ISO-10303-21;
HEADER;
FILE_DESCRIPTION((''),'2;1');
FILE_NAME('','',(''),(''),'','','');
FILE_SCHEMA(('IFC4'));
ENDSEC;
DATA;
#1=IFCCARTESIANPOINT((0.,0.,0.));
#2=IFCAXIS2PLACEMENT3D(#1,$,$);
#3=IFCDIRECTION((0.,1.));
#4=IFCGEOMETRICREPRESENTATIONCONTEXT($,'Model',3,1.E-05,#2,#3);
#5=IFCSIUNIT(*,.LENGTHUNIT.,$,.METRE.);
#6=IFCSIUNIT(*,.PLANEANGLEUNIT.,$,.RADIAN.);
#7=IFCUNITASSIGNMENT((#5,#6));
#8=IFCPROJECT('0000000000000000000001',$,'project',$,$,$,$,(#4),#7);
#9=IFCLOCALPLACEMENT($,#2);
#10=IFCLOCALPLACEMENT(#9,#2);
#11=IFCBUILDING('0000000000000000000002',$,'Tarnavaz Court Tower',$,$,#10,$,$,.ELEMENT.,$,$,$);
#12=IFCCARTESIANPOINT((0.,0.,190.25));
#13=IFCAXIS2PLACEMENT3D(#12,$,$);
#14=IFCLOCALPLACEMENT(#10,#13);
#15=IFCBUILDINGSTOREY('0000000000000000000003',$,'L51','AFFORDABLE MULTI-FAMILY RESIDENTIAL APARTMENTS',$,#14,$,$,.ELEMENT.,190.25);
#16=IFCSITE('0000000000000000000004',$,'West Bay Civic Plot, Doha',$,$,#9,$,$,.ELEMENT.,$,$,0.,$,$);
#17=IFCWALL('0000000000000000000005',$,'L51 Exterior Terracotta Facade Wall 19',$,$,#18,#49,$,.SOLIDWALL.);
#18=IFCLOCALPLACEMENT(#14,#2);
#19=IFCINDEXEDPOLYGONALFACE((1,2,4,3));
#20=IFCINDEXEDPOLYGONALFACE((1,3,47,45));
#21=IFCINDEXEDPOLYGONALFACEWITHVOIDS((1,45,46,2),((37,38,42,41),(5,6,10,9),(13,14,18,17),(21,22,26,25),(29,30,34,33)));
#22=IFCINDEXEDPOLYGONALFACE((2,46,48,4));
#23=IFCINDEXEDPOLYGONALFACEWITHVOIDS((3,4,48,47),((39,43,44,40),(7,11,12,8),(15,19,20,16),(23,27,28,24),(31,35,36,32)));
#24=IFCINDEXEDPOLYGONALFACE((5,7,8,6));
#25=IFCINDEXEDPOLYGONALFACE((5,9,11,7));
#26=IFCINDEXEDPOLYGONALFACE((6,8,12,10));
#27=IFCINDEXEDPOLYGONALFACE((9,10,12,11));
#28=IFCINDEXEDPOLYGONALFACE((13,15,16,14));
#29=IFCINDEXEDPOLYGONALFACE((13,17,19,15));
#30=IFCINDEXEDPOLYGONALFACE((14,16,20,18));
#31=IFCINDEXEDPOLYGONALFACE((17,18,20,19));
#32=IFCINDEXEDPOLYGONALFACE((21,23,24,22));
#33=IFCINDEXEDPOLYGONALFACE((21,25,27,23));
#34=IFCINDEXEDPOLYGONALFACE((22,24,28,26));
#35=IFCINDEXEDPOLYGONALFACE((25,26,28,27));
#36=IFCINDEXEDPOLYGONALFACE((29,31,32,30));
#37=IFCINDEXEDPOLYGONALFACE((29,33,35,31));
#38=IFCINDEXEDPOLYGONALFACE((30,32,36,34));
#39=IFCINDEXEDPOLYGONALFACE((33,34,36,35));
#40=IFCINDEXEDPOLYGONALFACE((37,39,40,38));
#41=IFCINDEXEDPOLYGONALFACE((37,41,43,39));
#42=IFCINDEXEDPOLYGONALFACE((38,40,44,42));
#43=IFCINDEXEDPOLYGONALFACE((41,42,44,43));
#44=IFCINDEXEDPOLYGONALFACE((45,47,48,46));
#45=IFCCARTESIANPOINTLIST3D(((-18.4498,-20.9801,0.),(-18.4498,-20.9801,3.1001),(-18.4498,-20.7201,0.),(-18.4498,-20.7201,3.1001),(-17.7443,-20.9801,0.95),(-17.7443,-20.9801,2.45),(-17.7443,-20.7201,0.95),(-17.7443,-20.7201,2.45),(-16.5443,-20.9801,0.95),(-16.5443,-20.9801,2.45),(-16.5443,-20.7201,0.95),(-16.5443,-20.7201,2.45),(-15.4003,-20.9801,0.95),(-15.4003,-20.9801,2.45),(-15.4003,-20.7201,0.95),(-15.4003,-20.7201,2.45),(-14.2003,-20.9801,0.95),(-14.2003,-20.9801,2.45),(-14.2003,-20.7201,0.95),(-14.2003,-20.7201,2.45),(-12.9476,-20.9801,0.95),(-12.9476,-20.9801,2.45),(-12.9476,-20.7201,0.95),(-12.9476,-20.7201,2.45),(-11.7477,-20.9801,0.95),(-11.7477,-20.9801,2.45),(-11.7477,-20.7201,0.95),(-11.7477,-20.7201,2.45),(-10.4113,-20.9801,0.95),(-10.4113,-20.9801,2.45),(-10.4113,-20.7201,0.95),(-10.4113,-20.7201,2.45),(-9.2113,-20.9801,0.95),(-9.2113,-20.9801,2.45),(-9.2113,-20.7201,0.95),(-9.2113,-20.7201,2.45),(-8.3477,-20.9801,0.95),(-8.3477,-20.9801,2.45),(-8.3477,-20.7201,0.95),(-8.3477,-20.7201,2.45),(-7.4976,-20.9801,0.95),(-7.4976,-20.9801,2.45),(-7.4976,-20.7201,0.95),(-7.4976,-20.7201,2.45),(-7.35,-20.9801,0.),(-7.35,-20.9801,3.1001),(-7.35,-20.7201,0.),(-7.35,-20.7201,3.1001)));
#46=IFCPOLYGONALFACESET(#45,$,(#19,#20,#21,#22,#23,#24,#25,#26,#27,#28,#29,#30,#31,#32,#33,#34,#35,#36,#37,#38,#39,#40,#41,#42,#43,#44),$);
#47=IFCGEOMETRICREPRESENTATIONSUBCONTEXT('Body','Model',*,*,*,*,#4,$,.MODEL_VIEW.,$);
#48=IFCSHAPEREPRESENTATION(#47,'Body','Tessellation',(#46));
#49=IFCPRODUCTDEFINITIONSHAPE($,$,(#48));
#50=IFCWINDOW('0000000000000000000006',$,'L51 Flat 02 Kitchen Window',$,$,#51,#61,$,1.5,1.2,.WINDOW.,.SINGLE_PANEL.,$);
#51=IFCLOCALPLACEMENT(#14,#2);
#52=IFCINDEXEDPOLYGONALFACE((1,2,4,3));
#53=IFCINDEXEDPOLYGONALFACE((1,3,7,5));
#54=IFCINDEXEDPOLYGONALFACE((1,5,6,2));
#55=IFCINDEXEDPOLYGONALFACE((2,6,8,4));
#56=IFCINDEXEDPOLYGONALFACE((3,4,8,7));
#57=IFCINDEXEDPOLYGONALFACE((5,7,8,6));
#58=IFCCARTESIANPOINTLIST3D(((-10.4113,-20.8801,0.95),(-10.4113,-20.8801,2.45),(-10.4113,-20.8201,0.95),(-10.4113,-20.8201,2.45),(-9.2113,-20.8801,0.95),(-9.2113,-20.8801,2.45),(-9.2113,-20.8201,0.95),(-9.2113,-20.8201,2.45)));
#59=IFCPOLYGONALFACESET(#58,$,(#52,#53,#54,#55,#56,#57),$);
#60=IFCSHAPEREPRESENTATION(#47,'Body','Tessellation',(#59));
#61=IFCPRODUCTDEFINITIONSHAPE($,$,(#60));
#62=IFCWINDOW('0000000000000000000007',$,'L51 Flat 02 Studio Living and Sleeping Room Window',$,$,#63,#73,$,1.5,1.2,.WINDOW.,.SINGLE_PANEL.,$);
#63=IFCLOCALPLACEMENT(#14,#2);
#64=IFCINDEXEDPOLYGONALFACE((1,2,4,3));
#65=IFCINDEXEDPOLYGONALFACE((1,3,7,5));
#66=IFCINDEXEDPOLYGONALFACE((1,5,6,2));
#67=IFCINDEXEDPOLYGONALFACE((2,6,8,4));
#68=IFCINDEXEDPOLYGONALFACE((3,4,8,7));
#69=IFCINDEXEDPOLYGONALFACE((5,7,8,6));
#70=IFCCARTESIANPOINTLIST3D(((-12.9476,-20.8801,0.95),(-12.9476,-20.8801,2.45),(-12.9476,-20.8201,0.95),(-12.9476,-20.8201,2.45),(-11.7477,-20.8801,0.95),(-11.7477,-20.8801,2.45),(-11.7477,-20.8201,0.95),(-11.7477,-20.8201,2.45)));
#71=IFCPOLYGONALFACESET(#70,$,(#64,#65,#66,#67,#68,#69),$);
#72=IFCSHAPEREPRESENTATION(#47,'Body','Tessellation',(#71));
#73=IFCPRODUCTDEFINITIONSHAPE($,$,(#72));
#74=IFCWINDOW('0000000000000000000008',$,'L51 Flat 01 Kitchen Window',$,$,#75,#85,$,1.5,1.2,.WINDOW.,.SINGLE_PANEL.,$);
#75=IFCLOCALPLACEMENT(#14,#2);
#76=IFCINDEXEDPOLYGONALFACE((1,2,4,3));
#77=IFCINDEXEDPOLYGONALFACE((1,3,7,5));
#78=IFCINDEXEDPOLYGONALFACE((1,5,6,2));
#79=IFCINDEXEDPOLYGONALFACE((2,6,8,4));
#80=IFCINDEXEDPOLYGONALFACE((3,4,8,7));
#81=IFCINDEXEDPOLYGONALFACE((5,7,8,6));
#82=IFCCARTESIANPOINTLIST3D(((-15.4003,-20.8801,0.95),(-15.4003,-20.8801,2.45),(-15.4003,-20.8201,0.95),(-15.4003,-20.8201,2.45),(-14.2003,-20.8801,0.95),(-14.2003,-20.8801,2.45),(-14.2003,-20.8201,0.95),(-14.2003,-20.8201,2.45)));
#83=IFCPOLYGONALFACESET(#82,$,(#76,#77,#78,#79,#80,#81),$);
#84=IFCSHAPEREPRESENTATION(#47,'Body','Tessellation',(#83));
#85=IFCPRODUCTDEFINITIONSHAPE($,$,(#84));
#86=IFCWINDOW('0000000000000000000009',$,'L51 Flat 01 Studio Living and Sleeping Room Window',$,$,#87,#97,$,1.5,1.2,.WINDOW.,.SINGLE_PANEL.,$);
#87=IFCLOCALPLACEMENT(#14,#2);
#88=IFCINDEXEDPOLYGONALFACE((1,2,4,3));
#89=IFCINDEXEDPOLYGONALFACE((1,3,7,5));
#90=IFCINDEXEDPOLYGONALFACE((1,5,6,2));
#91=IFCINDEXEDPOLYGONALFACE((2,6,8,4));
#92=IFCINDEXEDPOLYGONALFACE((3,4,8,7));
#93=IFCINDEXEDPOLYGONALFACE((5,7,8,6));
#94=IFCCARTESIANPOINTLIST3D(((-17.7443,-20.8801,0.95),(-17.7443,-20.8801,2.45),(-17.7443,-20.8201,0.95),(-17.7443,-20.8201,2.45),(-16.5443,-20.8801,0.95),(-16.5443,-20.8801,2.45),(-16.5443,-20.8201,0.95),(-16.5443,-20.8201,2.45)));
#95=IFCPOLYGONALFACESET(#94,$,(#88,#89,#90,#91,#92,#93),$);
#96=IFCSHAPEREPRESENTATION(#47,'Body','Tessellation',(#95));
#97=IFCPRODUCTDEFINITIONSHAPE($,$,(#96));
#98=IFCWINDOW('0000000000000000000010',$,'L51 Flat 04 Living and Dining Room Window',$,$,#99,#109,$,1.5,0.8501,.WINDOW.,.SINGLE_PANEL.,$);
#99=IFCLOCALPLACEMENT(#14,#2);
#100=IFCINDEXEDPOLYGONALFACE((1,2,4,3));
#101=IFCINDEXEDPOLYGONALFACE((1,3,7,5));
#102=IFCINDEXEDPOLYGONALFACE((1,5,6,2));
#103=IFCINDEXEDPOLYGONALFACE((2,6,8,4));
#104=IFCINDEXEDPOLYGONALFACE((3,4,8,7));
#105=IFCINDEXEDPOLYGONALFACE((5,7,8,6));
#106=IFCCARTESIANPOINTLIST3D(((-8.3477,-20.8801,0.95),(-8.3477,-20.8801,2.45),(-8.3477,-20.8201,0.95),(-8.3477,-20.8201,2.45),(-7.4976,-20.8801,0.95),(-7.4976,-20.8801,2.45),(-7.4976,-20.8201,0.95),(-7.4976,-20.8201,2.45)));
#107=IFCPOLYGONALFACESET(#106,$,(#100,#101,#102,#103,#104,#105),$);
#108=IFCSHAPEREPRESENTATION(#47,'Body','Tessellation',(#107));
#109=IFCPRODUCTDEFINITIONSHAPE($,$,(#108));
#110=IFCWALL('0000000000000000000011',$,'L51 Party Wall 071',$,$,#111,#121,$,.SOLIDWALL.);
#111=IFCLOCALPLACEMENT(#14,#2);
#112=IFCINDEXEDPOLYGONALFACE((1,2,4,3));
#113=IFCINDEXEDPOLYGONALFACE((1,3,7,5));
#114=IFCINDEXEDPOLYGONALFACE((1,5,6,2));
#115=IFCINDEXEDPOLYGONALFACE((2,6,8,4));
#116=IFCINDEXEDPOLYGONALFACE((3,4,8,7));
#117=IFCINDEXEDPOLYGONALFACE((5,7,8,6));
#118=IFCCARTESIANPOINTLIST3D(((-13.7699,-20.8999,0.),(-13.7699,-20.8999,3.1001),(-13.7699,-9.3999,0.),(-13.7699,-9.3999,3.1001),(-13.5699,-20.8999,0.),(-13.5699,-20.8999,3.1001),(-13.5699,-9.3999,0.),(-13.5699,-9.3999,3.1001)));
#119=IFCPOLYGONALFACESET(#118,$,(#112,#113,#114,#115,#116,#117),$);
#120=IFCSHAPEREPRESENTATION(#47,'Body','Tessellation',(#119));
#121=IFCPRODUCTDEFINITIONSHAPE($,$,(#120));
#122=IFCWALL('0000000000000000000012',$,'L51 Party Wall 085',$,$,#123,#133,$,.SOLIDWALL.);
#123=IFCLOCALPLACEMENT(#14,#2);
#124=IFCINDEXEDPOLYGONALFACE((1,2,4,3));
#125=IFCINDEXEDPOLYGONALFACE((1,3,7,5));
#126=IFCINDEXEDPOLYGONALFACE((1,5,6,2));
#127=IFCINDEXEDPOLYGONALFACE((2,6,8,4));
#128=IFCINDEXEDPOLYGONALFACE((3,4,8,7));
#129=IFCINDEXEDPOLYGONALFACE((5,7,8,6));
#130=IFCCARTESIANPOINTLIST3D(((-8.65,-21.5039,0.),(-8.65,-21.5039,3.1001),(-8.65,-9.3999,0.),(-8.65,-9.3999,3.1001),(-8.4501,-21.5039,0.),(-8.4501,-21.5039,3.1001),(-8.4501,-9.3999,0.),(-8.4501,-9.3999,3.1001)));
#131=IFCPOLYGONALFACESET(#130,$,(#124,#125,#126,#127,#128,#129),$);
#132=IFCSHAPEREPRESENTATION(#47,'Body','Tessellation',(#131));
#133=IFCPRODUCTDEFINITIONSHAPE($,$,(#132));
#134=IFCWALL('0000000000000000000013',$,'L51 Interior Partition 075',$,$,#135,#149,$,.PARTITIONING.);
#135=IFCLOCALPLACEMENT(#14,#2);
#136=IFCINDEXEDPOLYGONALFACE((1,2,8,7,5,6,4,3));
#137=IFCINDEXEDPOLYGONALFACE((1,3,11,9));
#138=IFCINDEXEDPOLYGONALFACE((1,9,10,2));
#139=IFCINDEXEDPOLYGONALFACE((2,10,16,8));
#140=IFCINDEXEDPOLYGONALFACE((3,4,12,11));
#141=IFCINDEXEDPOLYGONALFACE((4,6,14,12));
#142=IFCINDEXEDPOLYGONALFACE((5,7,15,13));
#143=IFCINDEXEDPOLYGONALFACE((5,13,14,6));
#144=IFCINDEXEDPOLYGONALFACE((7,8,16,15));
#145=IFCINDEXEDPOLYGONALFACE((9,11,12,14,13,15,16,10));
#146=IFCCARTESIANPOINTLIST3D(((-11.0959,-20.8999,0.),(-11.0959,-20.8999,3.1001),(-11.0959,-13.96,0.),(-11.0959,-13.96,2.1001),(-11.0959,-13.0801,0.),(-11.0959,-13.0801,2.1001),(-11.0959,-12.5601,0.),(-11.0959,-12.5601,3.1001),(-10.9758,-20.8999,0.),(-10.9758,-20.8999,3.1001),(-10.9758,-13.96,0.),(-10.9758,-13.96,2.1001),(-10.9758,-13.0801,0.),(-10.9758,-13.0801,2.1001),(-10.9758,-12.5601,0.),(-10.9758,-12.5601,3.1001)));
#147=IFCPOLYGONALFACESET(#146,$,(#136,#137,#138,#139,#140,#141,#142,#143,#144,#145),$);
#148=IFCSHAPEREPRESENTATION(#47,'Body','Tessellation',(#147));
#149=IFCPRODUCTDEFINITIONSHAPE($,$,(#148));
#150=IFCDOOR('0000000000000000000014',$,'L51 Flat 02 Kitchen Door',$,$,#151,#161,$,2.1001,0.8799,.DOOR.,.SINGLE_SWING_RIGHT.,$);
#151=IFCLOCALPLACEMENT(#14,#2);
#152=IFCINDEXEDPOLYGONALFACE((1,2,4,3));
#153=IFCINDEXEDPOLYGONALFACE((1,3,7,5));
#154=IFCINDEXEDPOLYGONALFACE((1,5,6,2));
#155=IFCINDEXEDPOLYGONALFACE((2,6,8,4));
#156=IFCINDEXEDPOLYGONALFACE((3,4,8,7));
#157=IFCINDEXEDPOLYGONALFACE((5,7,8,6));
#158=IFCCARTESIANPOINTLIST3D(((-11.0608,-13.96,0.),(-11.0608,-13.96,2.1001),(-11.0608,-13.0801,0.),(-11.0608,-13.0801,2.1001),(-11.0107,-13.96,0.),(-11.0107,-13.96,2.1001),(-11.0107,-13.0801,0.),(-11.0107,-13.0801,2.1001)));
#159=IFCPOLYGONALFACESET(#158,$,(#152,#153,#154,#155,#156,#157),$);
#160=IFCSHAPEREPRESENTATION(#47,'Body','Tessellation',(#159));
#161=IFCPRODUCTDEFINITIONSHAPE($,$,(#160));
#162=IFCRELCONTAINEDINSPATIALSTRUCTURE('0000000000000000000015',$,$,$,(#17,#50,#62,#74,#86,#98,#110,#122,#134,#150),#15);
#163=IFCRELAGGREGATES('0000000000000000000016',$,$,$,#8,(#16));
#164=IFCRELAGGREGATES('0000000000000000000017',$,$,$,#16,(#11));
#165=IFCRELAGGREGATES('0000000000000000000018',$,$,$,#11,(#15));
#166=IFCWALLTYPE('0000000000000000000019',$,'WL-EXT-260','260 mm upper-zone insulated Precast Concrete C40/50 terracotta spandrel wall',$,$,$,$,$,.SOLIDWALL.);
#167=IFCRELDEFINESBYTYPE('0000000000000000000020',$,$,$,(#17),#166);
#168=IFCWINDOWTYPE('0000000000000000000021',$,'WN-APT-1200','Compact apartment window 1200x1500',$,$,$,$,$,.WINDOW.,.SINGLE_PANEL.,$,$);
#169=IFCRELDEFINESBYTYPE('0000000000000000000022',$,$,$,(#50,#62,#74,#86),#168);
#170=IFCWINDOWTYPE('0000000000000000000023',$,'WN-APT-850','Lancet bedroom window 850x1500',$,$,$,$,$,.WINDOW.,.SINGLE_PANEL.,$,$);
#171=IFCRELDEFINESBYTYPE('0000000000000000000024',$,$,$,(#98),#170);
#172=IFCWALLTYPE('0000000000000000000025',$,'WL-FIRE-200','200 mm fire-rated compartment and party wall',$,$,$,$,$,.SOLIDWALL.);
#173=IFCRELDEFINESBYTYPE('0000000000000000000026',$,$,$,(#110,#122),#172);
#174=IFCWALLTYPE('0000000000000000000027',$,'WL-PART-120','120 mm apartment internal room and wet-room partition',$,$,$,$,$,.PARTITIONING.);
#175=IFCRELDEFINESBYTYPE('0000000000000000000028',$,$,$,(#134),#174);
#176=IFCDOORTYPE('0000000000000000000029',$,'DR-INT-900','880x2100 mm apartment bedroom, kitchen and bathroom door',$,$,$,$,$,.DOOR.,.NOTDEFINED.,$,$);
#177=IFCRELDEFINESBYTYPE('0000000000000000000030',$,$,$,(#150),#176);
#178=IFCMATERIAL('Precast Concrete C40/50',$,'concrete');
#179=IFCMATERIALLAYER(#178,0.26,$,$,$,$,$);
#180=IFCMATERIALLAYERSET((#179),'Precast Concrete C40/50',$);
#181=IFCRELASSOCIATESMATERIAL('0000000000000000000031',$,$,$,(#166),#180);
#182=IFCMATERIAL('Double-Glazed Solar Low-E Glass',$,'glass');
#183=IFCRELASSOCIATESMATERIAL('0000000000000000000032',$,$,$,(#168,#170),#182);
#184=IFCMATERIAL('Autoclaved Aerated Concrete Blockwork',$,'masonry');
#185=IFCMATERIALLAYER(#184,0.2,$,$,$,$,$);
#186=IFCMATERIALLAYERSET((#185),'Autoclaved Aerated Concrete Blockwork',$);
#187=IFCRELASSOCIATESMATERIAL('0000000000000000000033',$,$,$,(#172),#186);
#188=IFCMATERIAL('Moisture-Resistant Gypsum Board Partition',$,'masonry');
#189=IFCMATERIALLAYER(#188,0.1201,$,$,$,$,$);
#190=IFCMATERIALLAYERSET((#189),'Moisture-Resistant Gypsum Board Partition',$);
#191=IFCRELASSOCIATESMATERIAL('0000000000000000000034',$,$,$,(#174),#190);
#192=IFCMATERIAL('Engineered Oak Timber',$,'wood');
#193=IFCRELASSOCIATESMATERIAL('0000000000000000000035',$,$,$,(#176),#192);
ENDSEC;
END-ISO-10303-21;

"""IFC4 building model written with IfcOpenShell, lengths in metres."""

from ifc_helpers import new_model, si_unit, direction, frame, frame_2d, origin, place, context, subcontext, project, spatial, rectangle, extrude, material, layer, layer_set, type_object, element, fill, save


model = new_model("IFC4")

# Units and contexts
model_context = context("Model", 3, precision=1e-05, world=origin(), true_north=direction((0.0, 1.0)))
body_context = subcontext(model_context, "Body", "Model", "MODEL_VIEW")
ifc_project = project(units=[si_unit("LENGTHUNIT", "METRE"), si_unit("PLANEANGLEUNIT", "RADIAN")], contexts=[model_context])

# Site, building, storey
site_placement = place(None, origin())
site = spatial("IfcSite", under=ifc_project, at=site_placement, Name="West Bay Civic Plot, Doha", CompositionType="ELEMENT", RefElevation=0.0)
building_placement = place(site_placement, origin())
building = spatial("IfcBuilding", under=site, at=building_placement, Name="Tarnavaz Court Tower", CompositionType="ELEMENT")
storey_placement = place(building_placement, frame((0.0, 0.0, 190.25)))
storey = spatial("IfcBuildingStorey", under=building, at=storey_placement, Name="L51", Description="AFFORDABLE MULTI-FAMILY RESIDENTIAL APARTMENTS", CompositionType="ELEMENT", Elevation=190.25)

# Shared definitions
ifc_material_1 = material(Name="Double-Glazed Solar Low-E Glass", Category="glass")

# Shared definitions
ifc_material_2 = material(Name="Precast Concrete C40/50", Category="concrete")
ifc_layer_1 = layer(ifc_material_2, 0.26)
ifc_layer_set_1 = layer_set([ifc_layer_1], Name="Precast Concrete C40/50")
wall_type_1 = type_object("IfcWallType", Name="WL-EXT-260", Description="260 mm upper-zone insulated Precast Concrete C40/50 terracotta spandrel wall", PredefinedType="SOLIDWALL", material=ifc_layer_set_1)
window_type_1 = type_object("IfcWindowType", Name="WN-APT-1200", Description="Compact apartment window 1200x1500", PartitioningType="SINGLE_PANEL", PredefinedType="WINDOW", material=ifc_material_1)

# Wall, openings, windows
wall_1_placement = place(storey_placement, frame((-7.3501, -20.8501, 0.0), z_axis=(0.0, 0.0, 1.0), x_axis=(-1.0, 0.0, 0.0)))
wall_1 = element("IfcWall", 1, at=wall_1_placement, inside=storey, type_object=wall_type_1, Name="L51 Exterior Terracotta Facade Wall 19", PredefinedType="SOLIDWALL", context=body_context, shape_type="SweptSolid", body=[
    extrude(rectangle(XDim=11.0999, YDim=0.26, at=frame_2d((5.5498, 0.0))), origin(), (0.0, 0.0, 1.0), 3.1001),
])
opening_1_placement = place(wall_1_placement, frame((0.1475, 0.0, 0.95)))
opening_1 = element("IfcOpeningElement", 2, at=opening_1_placement, cuts=wall_1, PredefinedType="OPENING", context=body_context, shape_type="SweptSolid", body=[
    extrude(rectangle(XDim=0.8501, YDim=1.5, at=frame_2d((0.425, 0.75))), frame((0.0, 0.1399, 0.0), z_axis=(0.0, -1.0, 0.0), x_axis=(1.0, 0.0, 0.0)), (0.0, 0.0, 1.0), 0.28),
])
opening_2_placement = place(wall_1_placement, frame((1.8611, 0.0, 0.95)))
opening_2 = element("IfcOpeningElement", 3, at=opening_2_placement, cuts=wall_1, PredefinedType="OPENING", context=body_context, shape_type="SweptSolid", body=[
    extrude(rectangle(XDim=1.2, YDim=1.5, at=frame_2d((0.6001, 0.75))), frame((0.0, 0.1399, 0.0), z_axis=(0.0, -1.0, 0.0), x_axis=(1.0, 0.0, 0.0)), (0.0, 0.0, 1.0), 0.28),
])
opening_3_placement = place(wall_1_placement, frame((4.3975, 0.0, 0.95)))
opening_3 = element("IfcOpeningElement", 4, at=opening_3_placement, cuts=wall_1, PredefinedType="OPENING", context=body_context, shape_type="SweptSolid", body=[
    extrude(rectangle(XDim=1.2, YDim=1.5, at=frame_2d((0.6001, 0.75))), frame((0.0, 0.1399, 0.0), z_axis=(0.0, -1.0, 0.0), x_axis=(1.0, 0.0, 0.0)), (0.0, 0.0, 1.0), 0.28),
])
opening_4_placement = place(wall_1_placement, frame((6.8501, 0.0, 0.95)))
opening_4 = element("IfcOpeningElement", 5, at=opening_4_placement, cuts=wall_1, PredefinedType="OPENING", context=body_context, shape_type="SweptSolid", body=[
    extrude(rectangle(XDim=1.2, YDim=1.5, at=frame_2d((0.6001, 0.75))), frame((0.0, 0.1399, 0.0), z_axis=(0.0, -1.0, 0.0), x_axis=(1.0, 0.0, 0.0)), (0.0, 0.0, 1.0), 0.28),
])
opening_5_placement = place(wall_1_placement, frame((9.1941, 0.0, 0.95)))
opening_5 = element("IfcOpeningElement", 6, at=opening_5_placement, cuts=wall_1, PredefinedType="OPENING", context=body_context, shape_type="SweptSolid", body=[
    extrude(rectangle(XDim=1.2, YDim=1.5, at=frame_2d((0.6001, 0.75))), frame((0.0, 0.1399, 0.0), z_axis=(0.0, -1.0, 0.0), x_axis=(1.0, 0.0, 0.0)), (0.0, 0.0, 1.0), 0.28),
])
window_1_placement = place(opening_2_placement, origin())
window_1 = element("IfcWindow", 7, at=window_1_placement, inside=storey, type_object=window_type_1, Name="L51 Flat 02 Kitchen Window", OverallHeight=1.5, OverallWidth=1.2, PartitioningType="SINGLE_PANEL", PredefinedType="WINDOW", context=body_context, shape_type="SweptSolid", body=[
    extrude(rectangle(XDim=1.2, YDim=1.5, at=frame_2d((0.6001, 0.75))), frame((0.0, 0.03, 0.0), z_axis=(0.0, -1.0, 0.0), x_axis=(1.0, 0.0, 0.0)), (0.0, 0.0, 1.0), 0.0601),
])
fill(opening_2, window_1)
window_2_placement = place(opening_3_placement, origin())
window_2 = element("IfcWindow", 8, at=window_2_placement, inside=storey, type_object=window_type_1, Name="L51 Flat 02 Studio Living and Sleeping Room Window", OverallHeight=1.5, OverallWidth=1.2, PartitioningType="SINGLE_PANEL", PredefinedType="WINDOW", context=body_context, shape_type="SweptSolid", body=[
    extrude(rectangle(XDim=1.2, YDim=1.5, at=frame_2d((0.6001, 0.75))), frame((0.0, 0.03, 0.0), z_axis=(0.0, -1.0, 0.0), x_axis=(1.0, 0.0, 0.0)), (0.0, 0.0, 1.0), 0.0601),
])
fill(opening_3, window_2)
window_3_placement = place(opening_4_placement, origin())
window_3 = element("IfcWindow", 9, at=window_3_placement, inside=storey, type_object=window_type_1, Name="L51 Flat 01 Kitchen Window", OverallHeight=1.5, OverallWidth=1.2, PartitioningType="SINGLE_PANEL", PredefinedType="WINDOW", context=body_context, shape_type="SweptSolid", body=[
    extrude(rectangle(XDim=1.2, YDim=1.5, at=frame_2d((0.6001, 0.75))), frame((0.0, 0.03, 0.0), z_axis=(0.0, -1.0, 0.0), x_axis=(1.0, 0.0, 0.0)), (0.0, 0.0, 1.0), 0.0601),
])
fill(opening_4, window_3)
window_4_placement = place(opening_5_placement, origin())
window_4 = element("IfcWindow", 10, at=window_4_placement, inside=storey, type_object=window_type_1, Name="L51 Flat 01 Studio Living and Sleeping Room Window", OverallHeight=1.5, OverallWidth=1.2, PartitioningType="SINGLE_PANEL", PredefinedType="WINDOW", context=body_context, shape_type="SweptSolid", body=[
    extrude(rectangle(XDim=1.2, YDim=1.5, at=frame_2d((0.6001, 0.75))), frame((0.0, 0.03, 0.0), z_axis=(0.0, -1.0, 0.0), x_axis=(1.0, 0.0, 0.0)), (0.0, 0.0, 1.0), 0.0601),
])
fill(opening_5, window_4)
window_type_2 = type_object("IfcWindowType", Name="WN-APT-850", Description="Lancet bedroom window 850x1500", PartitioningType="SINGLE_PANEL", PredefinedType="WINDOW", material=ifc_material_1)
window_5_placement = place(opening_1_placement, origin())
window_5 = element("IfcWindow", 11, at=window_5_placement, inside=storey, type_object=window_type_2, Name="L51 Flat 04 Living and Dining Room Window", OverallHeight=1.5, OverallWidth=0.8501, PartitioningType="SINGLE_PANEL", PredefinedType="WINDOW", context=body_context, shape_type="SweptSolid", body=[
    extrude(rectangle(XDim=0.8501, YDim=1.5, at=frame_2d((0.425, 0.75))), frame((0.0, 0.03, 0.0), z_axis=(0.0, -1.0, 0.0), x_axis=(1.0, 0.0, 0.0)), (0.0, 0.0, 1.0), 0.0601),
])
fill(opening_1, window_5)

# Walls
ifc_material_3 = material(Name="Autoclaved Aerated Concrete Blockwork", Category="masonry")
ifc_layer_2 = layer(ifc_material_3, 0.2)
ifc_layer_set_2 = layer_set([ifc_layer_2], Name="Autoclaved Aerated Concrete Blockwork")
wall_type_2 = type_object("IfcWallType", Name="WL-FIRE-200", Description="200 mm fire-rated compartment and party wall", PredefinedType="SOLIDWALL", material=ifc_layer_set_2)
wall_2_placement = place(storey_placement, frame((-13.6699, -20.8999, 0.0), z_axis=(0.0, 0.0, 1.0), x_axis=(0.0, 1.0, 0.0)))
element("IfcWall", 12, at=wall_2_placement, inside=storey, type_object=wall_type_2, Name="L51 Party Wall 071", PredefinedType="SOLIDWALL", context=body_context, shape_type="SweptSolid", body=[
    extrude(rectangle(XDim=11.5, YDim=0.2, at=frame_2d((5.75, 0.0))), origin(), (0.0, 0.0, 1.0), 3.1001),
])
wall_3_placement = place(storey_placement, frame((-8.55, -21.5039, 0.0), z_axis=(0.0, 0.0, 1.0), x_axis=(0.0, 1.0, 0.0)))
element("IfcWall", 13, at=wall_3_placement, inside=storey, type_object=wall_type_2, Name="L51 Party Wall 085", PredefinedType="SOLIDWALL", context=body_context, shape_type="SweptSolid", body=[
    extrude(rectangle(XDim=12.104, YDim=0.2, at=frame_2d((6.052, 0.0))), origin(), (0.0, 0.0, 1.0), 3.1001),
])

# Wall, opening, door
ifc_material_4 = material(Name="Moisture-Resistant Gypsum Board Partition", Category="masonry")
ifc_layer_3 = layer(ifc_material_4, 0.1201)
ifc_layer_set_3 = layer_set([ifc_layer_3], Name="Moisture-Resistant Gypsum Board Partition")
wall_type_3 = type_object("IfcWallType", Name="WL-PART-120", Description="120 mm apartment internal room and wet-room partition", PredefinedType="PARTITIONING", material=ifc_layer_set_3)
wall_4_placement = place(storey_placement, frame((-11.0359, -20.8999, 0.0), z_axis=(0.0, 0.0, 1.0), x_axis=(0.0, 1.0, 0.0)))
wall_4 = element("IfcWall", 14, at=wall_4_placement, inside=storey, type_object=wall_type_3, Name="L51 Interior Partition 075", PredefinedType="PARTITIONING", context=body_context, shape_type="SweptSolid", body=[
    extrude(rectangle(XDim=8.3398, YDim=0.1201, at=frame_2d((4.1699, 0.0))), origin(), (0.0, 0.0, 1.0), 3.1001),
])
opening_6_placement = place(wall_4_placement, frame((6.9399, 0.0, 0.0)))
opening_6 = element("IfcOpeningElement", 15, at=opening_6_placement, cuts=wall_4, PredefinedType="OPENING", context=body_context, shape_type="SweptSolid", body=[
    extrude(rectangle(XDim=0.8799, YDim=2.1001, at=frame_2d((0.4399, 1.05))), frame((0.0, 0.0701, 0.0), z_axis=(0.0, -1.0, 0.0), x_axis=(1.0, 0.0, 0.0)), (0.0, 0.0, 1.0), 0.1401),
])
ifc_material_5 = material(Name="Engineered Oak Timber", Category="wood")
door_type_1 = type_object("IfcDoorType", Name="DR-INT-900", Description="880x2100 mm apartment bedroom, kitchen and bathroom door", OperationType="NOTDEFINED", PredefinedType="DOOR", material=ifc_material_5)
door_1_placement = place(opening_6_placement, origin())
door_1 = element("IfcDoor", 16, at=door_1_placement, inside=storey, type_object=door_type_1, Name="L51 Flat 02 Kitchen Door", OperationType="SINGLE_SWING_RIGHT", OverallHeight=2.1001, OverallWidth=0.8799, PredefinedType="DOOR", context=body_context, shape_type="SweptSolid", body=[
    extrude(rectangle(XDim=0.8799, YDim=2.1001, at=frame_2d((0.4399, 1.05))), frame((0.0, 0.0249, 0.0), z_axis=(0.0, -1.0, 0.0), x_axis=(1.0, 0.0, 0.0)), (0.0, 0.0, 1.0), 0.05),
])
fill(opening_6, door_1)

save(model, "model.ifc")
